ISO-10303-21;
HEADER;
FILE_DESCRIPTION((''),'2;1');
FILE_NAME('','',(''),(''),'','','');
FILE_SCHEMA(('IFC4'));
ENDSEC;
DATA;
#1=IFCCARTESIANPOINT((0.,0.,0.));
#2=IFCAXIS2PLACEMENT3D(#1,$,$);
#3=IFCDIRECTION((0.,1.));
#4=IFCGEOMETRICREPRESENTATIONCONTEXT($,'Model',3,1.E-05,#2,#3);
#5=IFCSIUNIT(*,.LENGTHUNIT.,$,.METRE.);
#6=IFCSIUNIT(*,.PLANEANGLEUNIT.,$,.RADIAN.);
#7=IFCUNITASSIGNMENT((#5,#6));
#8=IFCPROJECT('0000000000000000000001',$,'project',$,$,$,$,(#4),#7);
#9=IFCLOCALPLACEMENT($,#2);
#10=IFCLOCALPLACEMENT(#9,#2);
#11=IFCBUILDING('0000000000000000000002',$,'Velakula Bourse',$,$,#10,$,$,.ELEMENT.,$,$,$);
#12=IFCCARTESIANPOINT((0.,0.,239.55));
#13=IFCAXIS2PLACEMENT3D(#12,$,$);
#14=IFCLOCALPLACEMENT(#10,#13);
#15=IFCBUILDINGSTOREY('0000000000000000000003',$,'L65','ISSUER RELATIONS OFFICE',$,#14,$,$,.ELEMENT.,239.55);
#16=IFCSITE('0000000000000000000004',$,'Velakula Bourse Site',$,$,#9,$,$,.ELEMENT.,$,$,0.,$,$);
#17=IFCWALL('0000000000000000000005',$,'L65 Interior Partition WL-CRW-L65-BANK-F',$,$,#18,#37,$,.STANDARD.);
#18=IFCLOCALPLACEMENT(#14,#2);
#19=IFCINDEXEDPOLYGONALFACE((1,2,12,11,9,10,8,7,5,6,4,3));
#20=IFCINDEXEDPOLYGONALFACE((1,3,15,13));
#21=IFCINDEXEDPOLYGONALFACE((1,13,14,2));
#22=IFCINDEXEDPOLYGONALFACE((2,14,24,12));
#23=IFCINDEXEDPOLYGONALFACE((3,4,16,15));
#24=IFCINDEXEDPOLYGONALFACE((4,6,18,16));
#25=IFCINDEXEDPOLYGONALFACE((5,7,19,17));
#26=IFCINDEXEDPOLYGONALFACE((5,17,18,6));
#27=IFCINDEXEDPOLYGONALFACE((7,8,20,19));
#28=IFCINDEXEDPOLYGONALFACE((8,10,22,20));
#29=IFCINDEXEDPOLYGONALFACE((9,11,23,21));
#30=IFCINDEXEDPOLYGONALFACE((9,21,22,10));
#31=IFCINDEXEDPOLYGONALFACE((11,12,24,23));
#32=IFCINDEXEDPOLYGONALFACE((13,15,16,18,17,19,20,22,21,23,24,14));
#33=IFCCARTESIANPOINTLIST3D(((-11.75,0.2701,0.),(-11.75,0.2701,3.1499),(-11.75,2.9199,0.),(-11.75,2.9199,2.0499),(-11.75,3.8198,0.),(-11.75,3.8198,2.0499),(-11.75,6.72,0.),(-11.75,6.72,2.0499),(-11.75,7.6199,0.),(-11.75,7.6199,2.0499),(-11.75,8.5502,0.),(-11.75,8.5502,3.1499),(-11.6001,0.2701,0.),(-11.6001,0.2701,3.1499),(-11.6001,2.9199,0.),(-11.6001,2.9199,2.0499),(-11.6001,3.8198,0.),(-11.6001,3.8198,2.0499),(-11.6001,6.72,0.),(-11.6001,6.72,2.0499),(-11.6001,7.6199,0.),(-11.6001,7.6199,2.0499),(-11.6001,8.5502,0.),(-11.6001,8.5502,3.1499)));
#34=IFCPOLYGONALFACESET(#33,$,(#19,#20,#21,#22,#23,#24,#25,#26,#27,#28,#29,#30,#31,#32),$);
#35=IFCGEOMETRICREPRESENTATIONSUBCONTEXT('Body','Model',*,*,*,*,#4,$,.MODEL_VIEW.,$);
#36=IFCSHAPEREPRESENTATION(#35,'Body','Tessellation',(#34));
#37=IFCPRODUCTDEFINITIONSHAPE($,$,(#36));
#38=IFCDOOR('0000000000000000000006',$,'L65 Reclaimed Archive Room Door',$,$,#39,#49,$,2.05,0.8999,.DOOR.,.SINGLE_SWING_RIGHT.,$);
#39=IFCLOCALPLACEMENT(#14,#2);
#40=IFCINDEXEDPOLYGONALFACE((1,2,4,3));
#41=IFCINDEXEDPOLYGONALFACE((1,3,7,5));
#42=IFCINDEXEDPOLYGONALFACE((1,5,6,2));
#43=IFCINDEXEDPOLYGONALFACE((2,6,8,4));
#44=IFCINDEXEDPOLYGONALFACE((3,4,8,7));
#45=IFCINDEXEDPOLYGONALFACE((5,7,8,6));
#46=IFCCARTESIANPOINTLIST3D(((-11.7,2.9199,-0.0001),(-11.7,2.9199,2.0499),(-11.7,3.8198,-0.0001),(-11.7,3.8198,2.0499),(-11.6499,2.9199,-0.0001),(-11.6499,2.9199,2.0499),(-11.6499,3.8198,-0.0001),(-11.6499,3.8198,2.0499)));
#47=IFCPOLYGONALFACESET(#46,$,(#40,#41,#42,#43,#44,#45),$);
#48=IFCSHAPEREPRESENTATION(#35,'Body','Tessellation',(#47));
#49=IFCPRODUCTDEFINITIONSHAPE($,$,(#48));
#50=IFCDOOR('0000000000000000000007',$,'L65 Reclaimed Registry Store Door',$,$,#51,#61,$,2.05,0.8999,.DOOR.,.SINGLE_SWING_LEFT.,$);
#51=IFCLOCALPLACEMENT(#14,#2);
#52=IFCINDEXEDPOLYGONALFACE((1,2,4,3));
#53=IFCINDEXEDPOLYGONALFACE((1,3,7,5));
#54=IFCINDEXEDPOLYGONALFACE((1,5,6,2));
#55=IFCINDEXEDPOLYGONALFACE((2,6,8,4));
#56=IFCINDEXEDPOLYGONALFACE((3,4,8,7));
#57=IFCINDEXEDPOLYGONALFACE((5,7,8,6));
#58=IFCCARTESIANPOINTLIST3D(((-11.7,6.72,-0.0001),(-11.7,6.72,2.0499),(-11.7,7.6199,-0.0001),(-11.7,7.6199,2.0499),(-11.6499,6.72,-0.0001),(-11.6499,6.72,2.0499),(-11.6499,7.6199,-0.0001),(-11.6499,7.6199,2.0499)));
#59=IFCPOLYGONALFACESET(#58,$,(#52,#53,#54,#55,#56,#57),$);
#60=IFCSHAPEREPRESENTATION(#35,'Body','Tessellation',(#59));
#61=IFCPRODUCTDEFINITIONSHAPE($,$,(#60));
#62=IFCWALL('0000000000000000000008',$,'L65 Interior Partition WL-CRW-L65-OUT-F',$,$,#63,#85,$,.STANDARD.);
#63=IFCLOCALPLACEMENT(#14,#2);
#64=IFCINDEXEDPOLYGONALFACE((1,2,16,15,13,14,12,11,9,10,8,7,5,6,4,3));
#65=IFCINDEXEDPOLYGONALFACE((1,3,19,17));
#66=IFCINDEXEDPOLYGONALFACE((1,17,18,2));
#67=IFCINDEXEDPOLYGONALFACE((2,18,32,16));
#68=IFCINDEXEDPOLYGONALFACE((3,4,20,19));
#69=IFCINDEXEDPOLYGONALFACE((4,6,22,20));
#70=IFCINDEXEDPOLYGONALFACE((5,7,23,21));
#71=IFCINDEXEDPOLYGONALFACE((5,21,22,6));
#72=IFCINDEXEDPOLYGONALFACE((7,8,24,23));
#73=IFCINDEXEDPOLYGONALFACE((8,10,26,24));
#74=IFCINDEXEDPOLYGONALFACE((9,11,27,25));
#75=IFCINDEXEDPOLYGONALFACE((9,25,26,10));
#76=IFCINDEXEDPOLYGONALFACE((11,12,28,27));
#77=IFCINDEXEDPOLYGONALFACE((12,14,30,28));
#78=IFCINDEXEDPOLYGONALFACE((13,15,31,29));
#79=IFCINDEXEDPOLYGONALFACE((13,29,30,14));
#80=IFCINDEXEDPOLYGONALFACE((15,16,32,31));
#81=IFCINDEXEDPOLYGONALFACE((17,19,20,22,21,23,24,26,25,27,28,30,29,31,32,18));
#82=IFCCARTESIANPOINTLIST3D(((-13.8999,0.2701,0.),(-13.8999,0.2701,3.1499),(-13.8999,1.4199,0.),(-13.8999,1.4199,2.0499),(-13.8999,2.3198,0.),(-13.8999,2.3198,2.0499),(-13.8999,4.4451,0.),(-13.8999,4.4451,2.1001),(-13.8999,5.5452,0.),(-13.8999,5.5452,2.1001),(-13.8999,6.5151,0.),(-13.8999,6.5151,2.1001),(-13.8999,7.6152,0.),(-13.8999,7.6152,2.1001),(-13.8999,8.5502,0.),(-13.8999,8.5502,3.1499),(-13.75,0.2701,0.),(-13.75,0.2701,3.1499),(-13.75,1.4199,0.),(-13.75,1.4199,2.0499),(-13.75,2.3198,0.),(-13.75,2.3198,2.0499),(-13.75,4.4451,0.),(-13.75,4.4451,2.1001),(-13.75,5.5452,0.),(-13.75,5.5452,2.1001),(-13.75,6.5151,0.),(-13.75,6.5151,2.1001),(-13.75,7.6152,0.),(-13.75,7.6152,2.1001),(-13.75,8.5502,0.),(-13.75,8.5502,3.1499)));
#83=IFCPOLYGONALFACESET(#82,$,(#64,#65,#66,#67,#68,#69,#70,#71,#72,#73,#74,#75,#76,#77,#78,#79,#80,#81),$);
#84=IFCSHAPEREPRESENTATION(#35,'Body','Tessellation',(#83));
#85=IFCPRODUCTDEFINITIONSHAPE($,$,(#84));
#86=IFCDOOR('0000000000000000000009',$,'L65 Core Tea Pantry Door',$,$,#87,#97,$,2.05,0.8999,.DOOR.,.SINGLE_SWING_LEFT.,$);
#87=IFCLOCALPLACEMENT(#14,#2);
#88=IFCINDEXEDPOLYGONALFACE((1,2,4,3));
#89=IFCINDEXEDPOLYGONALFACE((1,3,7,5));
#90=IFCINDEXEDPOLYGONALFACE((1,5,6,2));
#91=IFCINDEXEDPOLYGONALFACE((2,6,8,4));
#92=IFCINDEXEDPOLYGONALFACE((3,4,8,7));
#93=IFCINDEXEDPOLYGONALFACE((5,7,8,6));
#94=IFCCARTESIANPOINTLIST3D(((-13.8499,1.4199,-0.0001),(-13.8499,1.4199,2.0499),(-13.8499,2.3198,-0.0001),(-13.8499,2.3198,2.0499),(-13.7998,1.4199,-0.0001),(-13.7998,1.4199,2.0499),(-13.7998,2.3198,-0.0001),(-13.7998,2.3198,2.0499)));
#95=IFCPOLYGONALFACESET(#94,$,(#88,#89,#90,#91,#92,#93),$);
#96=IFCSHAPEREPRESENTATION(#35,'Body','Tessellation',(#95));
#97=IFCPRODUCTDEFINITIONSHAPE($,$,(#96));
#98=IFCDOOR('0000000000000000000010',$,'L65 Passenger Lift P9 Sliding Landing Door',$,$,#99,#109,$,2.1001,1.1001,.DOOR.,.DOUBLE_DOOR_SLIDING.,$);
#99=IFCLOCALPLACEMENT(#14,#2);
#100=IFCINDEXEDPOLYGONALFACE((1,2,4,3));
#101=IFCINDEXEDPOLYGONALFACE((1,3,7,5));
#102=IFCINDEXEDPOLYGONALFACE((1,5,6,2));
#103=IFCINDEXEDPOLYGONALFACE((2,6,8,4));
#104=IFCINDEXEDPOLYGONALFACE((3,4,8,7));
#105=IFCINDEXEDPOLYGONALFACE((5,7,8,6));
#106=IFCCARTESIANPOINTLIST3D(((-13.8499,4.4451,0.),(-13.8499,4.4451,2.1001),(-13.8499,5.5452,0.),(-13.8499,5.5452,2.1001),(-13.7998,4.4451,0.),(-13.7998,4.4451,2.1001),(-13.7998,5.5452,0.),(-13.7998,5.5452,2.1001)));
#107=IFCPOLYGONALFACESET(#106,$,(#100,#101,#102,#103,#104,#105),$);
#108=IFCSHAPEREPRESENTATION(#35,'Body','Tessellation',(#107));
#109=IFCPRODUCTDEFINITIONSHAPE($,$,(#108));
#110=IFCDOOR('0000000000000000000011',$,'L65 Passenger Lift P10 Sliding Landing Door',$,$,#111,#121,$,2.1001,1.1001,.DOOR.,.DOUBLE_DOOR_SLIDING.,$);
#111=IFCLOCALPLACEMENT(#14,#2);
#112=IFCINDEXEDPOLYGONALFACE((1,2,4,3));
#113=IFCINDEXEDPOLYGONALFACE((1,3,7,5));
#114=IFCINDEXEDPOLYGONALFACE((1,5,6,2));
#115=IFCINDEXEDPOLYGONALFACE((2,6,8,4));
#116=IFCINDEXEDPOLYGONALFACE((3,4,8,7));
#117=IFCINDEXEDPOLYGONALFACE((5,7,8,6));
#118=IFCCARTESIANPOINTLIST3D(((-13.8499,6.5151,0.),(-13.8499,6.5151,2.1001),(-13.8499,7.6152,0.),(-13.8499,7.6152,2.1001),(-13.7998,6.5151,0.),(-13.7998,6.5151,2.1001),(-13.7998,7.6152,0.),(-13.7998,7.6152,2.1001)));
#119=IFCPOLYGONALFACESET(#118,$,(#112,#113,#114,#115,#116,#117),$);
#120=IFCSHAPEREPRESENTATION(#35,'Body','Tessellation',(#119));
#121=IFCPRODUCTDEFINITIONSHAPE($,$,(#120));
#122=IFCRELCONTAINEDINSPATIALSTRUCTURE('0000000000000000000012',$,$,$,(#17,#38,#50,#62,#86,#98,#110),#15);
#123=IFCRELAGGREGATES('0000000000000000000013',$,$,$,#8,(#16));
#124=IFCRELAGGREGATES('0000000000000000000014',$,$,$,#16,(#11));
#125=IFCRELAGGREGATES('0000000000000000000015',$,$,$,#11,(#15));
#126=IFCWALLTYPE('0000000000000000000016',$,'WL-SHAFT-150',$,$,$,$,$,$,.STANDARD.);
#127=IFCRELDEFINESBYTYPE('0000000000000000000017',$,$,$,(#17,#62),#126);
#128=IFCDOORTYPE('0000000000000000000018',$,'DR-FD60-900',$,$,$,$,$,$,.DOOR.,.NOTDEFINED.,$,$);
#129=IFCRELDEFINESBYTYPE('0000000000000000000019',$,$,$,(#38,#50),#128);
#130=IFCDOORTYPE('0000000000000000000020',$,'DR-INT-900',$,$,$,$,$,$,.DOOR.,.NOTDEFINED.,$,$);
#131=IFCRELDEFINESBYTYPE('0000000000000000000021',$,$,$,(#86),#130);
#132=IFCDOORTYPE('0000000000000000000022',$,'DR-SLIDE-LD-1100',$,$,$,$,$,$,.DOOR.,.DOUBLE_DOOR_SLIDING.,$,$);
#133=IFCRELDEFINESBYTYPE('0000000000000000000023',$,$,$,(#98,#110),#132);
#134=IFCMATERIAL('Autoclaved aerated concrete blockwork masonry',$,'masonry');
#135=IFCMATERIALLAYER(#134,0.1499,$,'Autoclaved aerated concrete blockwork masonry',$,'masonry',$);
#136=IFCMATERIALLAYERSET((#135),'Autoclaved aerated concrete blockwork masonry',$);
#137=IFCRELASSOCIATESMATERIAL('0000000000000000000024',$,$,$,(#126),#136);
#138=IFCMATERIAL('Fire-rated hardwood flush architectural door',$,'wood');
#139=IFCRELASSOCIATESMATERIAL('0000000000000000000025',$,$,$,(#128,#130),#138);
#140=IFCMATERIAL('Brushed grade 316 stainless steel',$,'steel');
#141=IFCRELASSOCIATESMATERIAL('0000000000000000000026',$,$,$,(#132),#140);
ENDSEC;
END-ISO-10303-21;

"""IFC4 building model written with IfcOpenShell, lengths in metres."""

from ifc_helpers import new_model, si_unit, direction, frame, frame_2d, origin, place, context, subcontext, project, spatial, rectangle, extrude, material, layer, layer_set, type_object, element, fill, save


model = new_model("IFC4")

# Units and contexts
model_context = context("Model", 3, precision=1e-05, world=origin(), true_north=direction((0.0, 1.0)))
body_context = subcontext(model_context, "Body", "Model", "MODEL_VIEW")
ifc_project = project(units=[si_unit("LENGTHUNIT", "METRE"), si_unit("PLANEANGLEUNIT", "RADIAN")], contexts=[model_context])

# Site, building, storey
site_placement = place(None, origin())
site = spatial("IfcSite", under=ifc_project, at=site_placement, Name="Velakula Bourse Site", CompositionType="ELEMENT", RefElevation=0.0)
building_placement = place(site_placement, origin())
building = spatial("IfcBuilding", under=site, at=building_placement, Name="Velakula Bourse", CompositionType="ELEMENT")
storey_placement = place(building_placement, frame((0.0, 0.0, 239.55)))
storey = spatial("IfcBuildingStorey", under=building, at=storey_placement, Name="L65", Description="ISSUER RELATIONS OFFICE", CompositionType="ELEMENT", Elevation=239.55)

# Shared definitions
ifc_material_1 = material(Name="Fire-rated hardwood flush architectural door", Category="wood")

# Shared definitions
ifc_material_2 = material(Name="Autoclaved aerated concrete blockwork masonry", Category="masonry")
ifc_layer_1 = layer(ifc_material_2, 0.1499, Name="Autoclaved aerated concrete blockwork masonry", Category="masonry")
ifc_layer_set_1 = layer_set([ifc_layer_1], Name="Autoclaved aerated concrete blockwork masonry")
wall_type_1 = type_object("IfcWallType", Name="WL-SHAFT-150", PredefinedType="STANDARD", material=ifc_layer_set_1)

# Walls, openings, doors
wall_1_placement = place(storey_placement, frame((-11.675, 0.27, 0.0), z_axis=(0.0, 0.0, 1.0), x_axis=(0.0, 1.0, 0.0)))
wall_1 = element("IfcWall", 1, at=wall_1_placement, inside=storey, type_object=wall_type_1, Name="L65 Interior Partition WL-CRW-L65-BANK-F", PredefinedType="STANDARD", context=body_context, shape_type="SweptSolid", body=[
    extrude(rectangle(XDim=8.28, YDim=0.1499, at=frame_2d((4.1401, 0.0))), origin(), (0.0, 0.0, 1.0), 3.1499),
])
opening_1_placement = place(wall_1_placement, frame((2.6499, 0.0, 0.0)))
opening_1 = element("IfcOpeningElement", 2, at=opening_1_placement, cuts=wall_1, PredefinedType="OPENING", context=body_context, shape_type="SweptSolid", body=[
    extrude(rectangle(XDim=0.8999, YDim=2.05, at=frame_2d((0.45, 1.0249))), frame((0.0, 0.085, 0.0), z_axis=(0.0, -1.0, 0.0), x_axis=(1.0, 0.0, 0.0)), (0.0, 0.0, 1.0), 0.1699),
])
opening_2_placement = place(wall_1_placement, frame((6.45, 0.0, 0.0)))
opening_2 = element("IfcOpeningElement", 3, at=opening_2_placement, cuts=wall_1, PredefinedType="OPENING", context=body_context, shape_type="SweptSolid", body=[
    extrude(rectangle(XDim=0.8999, YDim=2.05, at=frame_2d((0.45, 1.0249))), frame((0.0, 0.085, 0.0), z_axis=(0.0, -1.0, 0.0), x_axis=(1.0, 0.0, 0.0)), (0.0, 0.0, 1.0), 0.1699),
])
door_type_1 = type_object("IfcDoorType", Name="DR-FD60-900", OperationType="NOTDEFINED", PredefinedType="DOOR", material=ifc_material_1)
door_1_placement = place(opening_1_placement, origin())
door_1 = element("IfcDoor", 4, at=door_1_placement, inside=storey, type_object=door_type_1, Name="L65 Reclaimed Archive Room Door", OperationType="SINGLE_SWING_RIGHT", OverallHeight=2.05, OverallWidth=0.8999, PredefinedType="DOOR", context=body_context, shape_type="SweptSolid", body=[
    extrude(rectangle(XDim=0.8999, YDim=2.05, at=frame_2d((0.45, 1.0249))), frame((0.0, 0.0249, 0.0), z_axis=(0.0, -1.0, 0.0), x_axis=(1.0, 0.0, 0.0)), (0.0, 0.0, 1.0), 0.05),
])
fill(opening_1, door_1)
door_2_placement = place(opening_2_placement, origin())
door_2 = element("IfcDoor", 5, at=door_2_placement, inside=storey, type_object=door_type_1, Name="L65 Reclaimed Registry Store Door", OperationType="SINGLE_SWING_LEFT", OverallHeight=2.05, OverallWidth=0.8999, PredefinedType="DOOR", context=body_context, shape_type="SweptSolid", body=[
    extrude(rectangle(XDim=0.8999, YDim=2.05, at=frame_2d((0.45, 1.0249))), frame((0.0, 0.0249, 0.0), z_axis=(0.0, -1.0, 0.0), x_axis=(1.0, 0.0, 0.0)), (0.0, 0.0, 1.0), 0.05),
])
fill(opening_2, door_2)
wall_2_placement = place(storey_placement, frame((-13.825, 0.27, 0.0), z_axis=(0.0, 0.0, 1.0), x_axis=(0.0, 1.0, 0.0)))
wall_2 = element("IfcWall", 6, at=wall_2_placement, inside=storey, type_object=wall_type_1, Name="L65 Interior Partition WL-CRW-L65-OUT-F", PredefinedType="STANDARD", context=body_context, shape_type="SweptSolid", body=[
    extrude(rectangle(XDim=8.28, YDim=0.1499, at=frame_2d((4.1401, 0.0))), origin(), (0.0, 0.0, 1.0), 3.1499),
])
opening_3_placement = place(wall_2_placement, frame((4.175, 0.0, 0.0)))
opening_3 = element("IfcOpeningElement", 7, at=opening_3_placement, cuts=wall_2, PredefinedType="OPENING", context=body_context, shape_type="SweptSolid", body=[
    extrude(rectangle(XDim=1.1001, YDim=2.1001, at=frame_2d((0.55, 1.05))), frame((0.0, 0.085, 0.0), z_axis=(0.0, -1.0, 0.0), x_axis=(1.0, 0.0, 0.0)), (0.0, 0.0, 1.0), 0.1699),
])
opening_4_placement = place(wall_2_placement, frame((6.2451, 0.0, 0.0)))
opening_4 = element("IfcOpeningElement", 8, at=opening_4_placement, cuts=wall_2, PredefinedType="OPENING", context=body_context, shape_type="SweptSolid", body=[
    extrude(rectangle(XDim=1.1001, YDim=2.1001, at=frame_2d((0.55, 1.05))), frame((0.0, 0.085, 0.0), z_axis=(0.0, -1.0, 0.0), x_axis=(1.0, 0.0, 0.0)), (0.0, 0.0, 1.0), 0.1699),
])
opening_5_placement = place(wall_2_placement, frame((1.1499, 0.0, 0.0)))
opening_5 = element("IfcOpeningElement", 9, at=opening_5_placement, cuts=wall_2, PredefinedType="OPENING", context=body_context, shape_type="SweptSolid", body=[
    extrude(rectangle(XDim=0.8999, YDim=2.05, at=frame_2d((0.45, 1.0249))), frame((0.0, 0.085, 0.0), z_axis=(0.0, -1.0, 0.0), x_axis=(1.0, 0.0, 0.0)), (0.0, 0.0, 1.0), 0.1699),
])
door_type_2 = type_object("IfcDoorType", Name="DR-INT-900", OperationType="NOTDEFINED", PredefinedType="DOOR", material=ifc_material_1)
door_3_placement = place(opening_5_placement, origin())
door_3 = element("IfcDoor", 10, at=door_3_placement, inside=storey, type_object=door_type_2, Name="L65 Core Tea Pantry Door", OperationType="SINGLE_SWING_LEFT", OverallHeight=2.05, OverallWidth=0.8999, PredefinedType="DOOR", context=body_context, shape_type="SweptSolid", body=[
    extrude(rectangle(XDim=0.8999, YDim=2.05, at=frame_2d((0.45, 1.0249))), frame((0.0, 0.0249, 0.0), z_axis=(0.0, -1.0, 0.0), x_axis=(1.0, 0.0, 0.0)), (0.0, 0.0, 1.0), 0.05),
])
fill(opening_5, door_3)
ifc_material_3 = material(Name="Brushed grade 316 stainless steel", Category="steel")
door_type_3 = type_object("IfcDoorType", Name="DR-SLIDE-LD-1100", OperationType="DOUBLE_DOOR_SLIDING", PredefinedType="DOOR", material=ifc_material_3)
door_4_placement = place(opening_3_placement, origin())
door_4 = element("IfcDoor", 11, at=door_4_placement, inside=storey, type_object=door_type_3, Name="L65 Passenger Lift P9 Sliding Landing Door", OperationType="DOUBLE_DOOR_SLIDING", OverallHeight=2.1001, OverallWidth=1.1001, PredefinedType="DOOR", context=body_context, shape_type="SweptSolid", body=[
    extrude(rectangle(XDim=1.1001, YDim=2.1001, at=frame_2d((0.55, 1.05))), frame((0.0, 0.0249, 0.0), z_axis=(0.0, -1.0, 0.0), x_axis=(1.0, 0.0, 0.0)), (0.0, 0.0, 1.0), 0.05),
])
fill(opening_3, door_4)
door_5_placement = place(opening_4_placement, origin())
door_5 = element("IfcDoor", 12, at=door_5_placement, inside=storey, type_object=door_type_3, Name="L65 Passenger Lift P10 Sliding Landing Door", OperationType="DOUBLE_DOOR_SLIDING", OverallHeight=2.1001, OverallWidth=1.1001, PredefinedType="DOOR", context=body_context, shape_type="SweptSolid", body=[
    extrude(rectangle(XDim=1.1001, YDim=2.1001, at=frame_2d((0.55, 1.05))), frame((0.0, 0.0249, 0.0), z_axis=(0.0, -1.0, 0.0), x_axis=(1.0, 0.0, 0.0)), (0.0, 0.0, 1.0), 0.05),
])
fill(opening_4, door_5)

save(model, "model.ifc")
